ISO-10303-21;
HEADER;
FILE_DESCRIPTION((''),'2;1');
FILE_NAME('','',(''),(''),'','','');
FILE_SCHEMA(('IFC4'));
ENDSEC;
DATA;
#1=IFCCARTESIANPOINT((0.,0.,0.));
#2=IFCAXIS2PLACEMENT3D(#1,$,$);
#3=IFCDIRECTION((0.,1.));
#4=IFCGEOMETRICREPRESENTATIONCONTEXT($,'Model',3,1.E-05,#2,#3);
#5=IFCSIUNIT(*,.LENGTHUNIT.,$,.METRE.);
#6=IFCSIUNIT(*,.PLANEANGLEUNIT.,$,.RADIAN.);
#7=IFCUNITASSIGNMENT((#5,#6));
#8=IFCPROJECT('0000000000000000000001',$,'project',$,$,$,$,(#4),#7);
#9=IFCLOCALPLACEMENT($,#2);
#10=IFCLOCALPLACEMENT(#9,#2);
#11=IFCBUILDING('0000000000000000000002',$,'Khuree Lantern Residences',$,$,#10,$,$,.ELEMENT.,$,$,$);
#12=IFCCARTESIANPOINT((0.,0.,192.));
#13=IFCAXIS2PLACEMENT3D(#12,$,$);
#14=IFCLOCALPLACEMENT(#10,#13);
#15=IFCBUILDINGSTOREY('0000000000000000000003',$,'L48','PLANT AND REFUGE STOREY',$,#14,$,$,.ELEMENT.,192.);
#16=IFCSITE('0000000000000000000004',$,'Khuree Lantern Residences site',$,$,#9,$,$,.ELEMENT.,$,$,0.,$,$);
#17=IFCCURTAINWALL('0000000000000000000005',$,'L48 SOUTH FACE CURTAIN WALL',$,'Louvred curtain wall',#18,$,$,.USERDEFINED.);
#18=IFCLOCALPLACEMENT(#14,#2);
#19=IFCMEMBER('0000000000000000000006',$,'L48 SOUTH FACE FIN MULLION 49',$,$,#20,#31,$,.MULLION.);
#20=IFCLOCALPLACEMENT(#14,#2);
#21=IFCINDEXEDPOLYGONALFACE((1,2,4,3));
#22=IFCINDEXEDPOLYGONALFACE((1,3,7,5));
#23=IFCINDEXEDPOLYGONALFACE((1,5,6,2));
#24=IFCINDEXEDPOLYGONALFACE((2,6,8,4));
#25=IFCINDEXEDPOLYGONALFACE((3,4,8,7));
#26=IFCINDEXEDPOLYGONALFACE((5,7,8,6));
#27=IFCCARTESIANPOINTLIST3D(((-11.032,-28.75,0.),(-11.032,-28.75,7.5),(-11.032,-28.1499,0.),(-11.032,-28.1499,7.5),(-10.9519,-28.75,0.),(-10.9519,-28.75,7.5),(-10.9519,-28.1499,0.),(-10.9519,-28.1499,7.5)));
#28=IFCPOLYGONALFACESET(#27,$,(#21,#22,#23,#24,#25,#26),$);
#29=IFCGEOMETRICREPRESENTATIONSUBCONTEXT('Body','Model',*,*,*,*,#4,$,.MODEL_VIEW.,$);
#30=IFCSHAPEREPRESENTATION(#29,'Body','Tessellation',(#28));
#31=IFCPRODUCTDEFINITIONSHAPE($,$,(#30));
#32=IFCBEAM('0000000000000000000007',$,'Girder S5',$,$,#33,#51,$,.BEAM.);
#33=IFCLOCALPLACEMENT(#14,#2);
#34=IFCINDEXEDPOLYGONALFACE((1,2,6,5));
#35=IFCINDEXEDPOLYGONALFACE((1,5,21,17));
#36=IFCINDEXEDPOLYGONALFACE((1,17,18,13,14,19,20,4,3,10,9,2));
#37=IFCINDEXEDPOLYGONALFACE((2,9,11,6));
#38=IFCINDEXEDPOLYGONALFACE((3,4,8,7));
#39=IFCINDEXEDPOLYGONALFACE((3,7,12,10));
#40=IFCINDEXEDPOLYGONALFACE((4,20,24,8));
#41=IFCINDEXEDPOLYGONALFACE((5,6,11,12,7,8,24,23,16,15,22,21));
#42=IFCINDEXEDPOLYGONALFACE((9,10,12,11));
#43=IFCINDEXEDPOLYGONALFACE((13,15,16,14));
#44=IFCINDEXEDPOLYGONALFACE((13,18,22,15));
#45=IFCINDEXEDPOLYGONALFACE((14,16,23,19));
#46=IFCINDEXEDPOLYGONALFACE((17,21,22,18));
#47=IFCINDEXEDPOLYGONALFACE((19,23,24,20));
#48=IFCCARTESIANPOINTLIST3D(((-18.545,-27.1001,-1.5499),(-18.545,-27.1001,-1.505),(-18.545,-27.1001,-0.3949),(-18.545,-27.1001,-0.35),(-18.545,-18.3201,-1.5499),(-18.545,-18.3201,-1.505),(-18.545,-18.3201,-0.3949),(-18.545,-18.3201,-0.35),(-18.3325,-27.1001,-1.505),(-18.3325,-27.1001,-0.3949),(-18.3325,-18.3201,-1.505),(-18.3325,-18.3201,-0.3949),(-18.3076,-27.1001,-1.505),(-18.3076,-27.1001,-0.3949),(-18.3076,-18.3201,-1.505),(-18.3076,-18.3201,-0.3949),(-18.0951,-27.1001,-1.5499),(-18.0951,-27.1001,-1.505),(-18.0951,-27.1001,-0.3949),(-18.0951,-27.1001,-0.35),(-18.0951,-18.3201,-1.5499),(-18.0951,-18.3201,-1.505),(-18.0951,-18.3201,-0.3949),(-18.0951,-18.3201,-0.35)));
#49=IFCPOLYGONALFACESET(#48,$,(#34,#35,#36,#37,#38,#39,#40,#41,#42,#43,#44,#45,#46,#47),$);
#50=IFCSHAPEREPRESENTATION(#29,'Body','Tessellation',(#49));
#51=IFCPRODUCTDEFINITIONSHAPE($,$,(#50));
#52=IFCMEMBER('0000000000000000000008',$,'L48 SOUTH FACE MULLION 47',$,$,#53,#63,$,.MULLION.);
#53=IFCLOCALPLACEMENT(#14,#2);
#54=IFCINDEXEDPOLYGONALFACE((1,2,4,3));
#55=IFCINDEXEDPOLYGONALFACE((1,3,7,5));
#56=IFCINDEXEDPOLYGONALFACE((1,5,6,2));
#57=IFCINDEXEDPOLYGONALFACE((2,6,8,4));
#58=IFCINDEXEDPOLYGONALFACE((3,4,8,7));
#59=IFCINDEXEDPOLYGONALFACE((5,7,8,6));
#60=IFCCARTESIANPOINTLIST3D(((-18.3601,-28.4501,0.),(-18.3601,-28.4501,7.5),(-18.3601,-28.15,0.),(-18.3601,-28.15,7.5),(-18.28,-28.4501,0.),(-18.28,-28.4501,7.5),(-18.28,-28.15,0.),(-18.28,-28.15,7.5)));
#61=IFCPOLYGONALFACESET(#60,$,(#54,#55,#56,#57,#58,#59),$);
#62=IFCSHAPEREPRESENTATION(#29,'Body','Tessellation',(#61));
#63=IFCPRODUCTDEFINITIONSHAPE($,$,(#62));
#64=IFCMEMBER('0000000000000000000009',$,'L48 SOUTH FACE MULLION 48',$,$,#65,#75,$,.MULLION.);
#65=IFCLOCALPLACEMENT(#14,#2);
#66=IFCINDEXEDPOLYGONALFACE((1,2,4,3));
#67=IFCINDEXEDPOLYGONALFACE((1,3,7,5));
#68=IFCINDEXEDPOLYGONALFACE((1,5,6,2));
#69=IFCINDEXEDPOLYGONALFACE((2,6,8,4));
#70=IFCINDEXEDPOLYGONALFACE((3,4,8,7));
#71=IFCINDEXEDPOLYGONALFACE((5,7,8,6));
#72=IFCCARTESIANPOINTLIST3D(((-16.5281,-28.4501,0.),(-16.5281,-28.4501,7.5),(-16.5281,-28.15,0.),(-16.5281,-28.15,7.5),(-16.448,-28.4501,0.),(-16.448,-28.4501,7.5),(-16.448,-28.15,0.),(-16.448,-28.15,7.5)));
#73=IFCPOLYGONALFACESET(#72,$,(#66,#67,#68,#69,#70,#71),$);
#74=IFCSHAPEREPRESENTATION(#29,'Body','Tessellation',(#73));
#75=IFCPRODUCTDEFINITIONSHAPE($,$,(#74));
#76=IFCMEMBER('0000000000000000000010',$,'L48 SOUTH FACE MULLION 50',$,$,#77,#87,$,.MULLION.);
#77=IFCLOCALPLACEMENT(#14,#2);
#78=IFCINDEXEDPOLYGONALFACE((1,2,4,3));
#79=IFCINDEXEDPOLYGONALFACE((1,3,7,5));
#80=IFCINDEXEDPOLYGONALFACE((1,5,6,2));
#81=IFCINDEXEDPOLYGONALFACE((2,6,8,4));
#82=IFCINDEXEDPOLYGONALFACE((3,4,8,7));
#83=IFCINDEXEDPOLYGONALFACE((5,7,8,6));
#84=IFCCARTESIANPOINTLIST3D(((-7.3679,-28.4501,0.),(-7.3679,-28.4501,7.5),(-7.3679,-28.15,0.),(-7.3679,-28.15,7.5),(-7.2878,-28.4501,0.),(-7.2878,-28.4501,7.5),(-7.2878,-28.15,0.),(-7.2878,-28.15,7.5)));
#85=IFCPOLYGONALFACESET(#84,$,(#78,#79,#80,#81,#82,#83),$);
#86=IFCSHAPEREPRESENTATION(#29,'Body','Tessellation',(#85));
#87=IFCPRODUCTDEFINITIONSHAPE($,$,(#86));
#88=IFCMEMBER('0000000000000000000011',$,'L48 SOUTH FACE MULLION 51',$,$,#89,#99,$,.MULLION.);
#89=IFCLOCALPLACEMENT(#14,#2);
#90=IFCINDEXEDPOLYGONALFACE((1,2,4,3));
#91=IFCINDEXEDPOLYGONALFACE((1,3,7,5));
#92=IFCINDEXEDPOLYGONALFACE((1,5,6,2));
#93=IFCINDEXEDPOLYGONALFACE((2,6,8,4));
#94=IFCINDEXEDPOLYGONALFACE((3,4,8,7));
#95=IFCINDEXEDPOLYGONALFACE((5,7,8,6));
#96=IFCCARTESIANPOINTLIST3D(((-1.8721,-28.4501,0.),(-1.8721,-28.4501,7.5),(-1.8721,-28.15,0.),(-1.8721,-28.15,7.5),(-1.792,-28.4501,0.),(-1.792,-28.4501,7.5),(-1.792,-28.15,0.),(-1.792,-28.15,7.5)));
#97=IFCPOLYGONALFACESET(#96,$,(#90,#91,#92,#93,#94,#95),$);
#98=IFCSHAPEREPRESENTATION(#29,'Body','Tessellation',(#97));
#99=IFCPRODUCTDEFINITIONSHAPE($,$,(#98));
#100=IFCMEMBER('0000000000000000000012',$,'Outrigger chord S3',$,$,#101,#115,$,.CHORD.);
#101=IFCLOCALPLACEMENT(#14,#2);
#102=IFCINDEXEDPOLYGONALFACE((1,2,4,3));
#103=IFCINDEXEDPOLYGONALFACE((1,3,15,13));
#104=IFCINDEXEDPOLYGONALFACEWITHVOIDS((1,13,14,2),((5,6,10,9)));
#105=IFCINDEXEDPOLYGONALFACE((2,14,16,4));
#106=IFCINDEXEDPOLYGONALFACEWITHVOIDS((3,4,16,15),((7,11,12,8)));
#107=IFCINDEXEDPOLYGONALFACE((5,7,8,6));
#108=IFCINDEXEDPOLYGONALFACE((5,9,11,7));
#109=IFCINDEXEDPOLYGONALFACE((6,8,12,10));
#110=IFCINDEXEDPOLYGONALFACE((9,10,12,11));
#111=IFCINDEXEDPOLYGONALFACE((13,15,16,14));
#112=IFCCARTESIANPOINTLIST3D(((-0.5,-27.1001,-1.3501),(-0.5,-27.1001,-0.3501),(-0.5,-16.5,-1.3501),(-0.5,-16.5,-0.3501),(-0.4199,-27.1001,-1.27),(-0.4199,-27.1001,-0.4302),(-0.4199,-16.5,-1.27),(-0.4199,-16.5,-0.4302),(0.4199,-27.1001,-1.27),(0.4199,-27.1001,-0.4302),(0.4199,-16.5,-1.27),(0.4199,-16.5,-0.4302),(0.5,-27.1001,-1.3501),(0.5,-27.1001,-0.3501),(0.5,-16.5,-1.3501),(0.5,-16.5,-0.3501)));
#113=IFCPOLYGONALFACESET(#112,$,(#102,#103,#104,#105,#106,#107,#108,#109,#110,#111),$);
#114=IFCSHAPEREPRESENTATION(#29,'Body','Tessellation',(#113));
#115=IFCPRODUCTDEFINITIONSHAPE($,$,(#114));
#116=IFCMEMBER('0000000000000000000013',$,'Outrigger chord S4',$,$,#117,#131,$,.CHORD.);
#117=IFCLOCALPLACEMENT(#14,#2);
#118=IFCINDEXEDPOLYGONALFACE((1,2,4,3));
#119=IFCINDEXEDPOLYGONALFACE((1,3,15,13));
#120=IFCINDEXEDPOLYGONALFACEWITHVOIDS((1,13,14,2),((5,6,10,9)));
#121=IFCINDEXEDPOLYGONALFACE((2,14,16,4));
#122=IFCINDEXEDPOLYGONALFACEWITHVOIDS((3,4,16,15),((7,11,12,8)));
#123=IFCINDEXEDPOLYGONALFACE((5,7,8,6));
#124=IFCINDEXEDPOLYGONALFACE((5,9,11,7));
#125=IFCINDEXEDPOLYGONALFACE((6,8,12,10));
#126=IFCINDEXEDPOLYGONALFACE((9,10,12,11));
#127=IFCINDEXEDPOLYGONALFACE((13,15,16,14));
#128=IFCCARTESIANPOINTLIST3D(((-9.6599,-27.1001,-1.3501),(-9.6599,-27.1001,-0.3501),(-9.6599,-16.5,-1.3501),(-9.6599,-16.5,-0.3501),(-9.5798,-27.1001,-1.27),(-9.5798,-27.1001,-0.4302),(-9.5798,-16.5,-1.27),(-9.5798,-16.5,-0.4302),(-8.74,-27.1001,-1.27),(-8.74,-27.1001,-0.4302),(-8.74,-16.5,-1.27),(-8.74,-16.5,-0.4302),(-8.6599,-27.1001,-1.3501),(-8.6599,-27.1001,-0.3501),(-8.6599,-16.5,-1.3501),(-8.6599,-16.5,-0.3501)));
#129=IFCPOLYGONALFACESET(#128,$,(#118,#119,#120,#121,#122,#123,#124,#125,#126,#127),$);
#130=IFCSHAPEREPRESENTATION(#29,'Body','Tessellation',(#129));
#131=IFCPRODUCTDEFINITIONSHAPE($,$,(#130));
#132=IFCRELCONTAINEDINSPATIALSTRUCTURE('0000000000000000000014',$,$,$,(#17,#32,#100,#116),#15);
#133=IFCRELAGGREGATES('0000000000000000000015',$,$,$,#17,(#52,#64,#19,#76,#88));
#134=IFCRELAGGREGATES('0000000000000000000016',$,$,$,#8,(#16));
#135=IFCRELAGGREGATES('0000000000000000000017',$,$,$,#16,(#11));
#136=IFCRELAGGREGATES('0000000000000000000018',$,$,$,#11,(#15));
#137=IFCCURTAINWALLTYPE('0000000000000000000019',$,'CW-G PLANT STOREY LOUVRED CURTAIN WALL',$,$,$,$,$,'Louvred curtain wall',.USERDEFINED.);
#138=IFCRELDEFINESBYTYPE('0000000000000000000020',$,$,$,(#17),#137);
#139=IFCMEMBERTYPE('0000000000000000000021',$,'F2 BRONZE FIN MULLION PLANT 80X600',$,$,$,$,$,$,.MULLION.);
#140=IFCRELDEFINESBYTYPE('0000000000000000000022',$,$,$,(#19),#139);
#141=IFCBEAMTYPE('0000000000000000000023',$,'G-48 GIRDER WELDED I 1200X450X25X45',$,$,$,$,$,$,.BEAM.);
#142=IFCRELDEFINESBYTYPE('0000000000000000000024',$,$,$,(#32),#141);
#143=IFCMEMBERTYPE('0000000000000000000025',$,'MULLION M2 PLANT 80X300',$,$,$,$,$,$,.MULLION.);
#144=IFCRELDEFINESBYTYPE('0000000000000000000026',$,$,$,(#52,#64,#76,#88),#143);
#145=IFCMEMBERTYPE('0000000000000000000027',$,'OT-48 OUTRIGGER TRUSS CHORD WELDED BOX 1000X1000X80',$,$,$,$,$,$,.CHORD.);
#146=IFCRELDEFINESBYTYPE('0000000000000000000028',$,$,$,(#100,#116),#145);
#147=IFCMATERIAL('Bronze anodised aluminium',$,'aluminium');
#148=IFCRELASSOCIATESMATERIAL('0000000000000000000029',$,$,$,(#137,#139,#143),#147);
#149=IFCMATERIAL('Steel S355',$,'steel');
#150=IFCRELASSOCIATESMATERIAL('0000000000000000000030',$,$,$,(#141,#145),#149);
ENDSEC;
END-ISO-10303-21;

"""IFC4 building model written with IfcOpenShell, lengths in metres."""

from ifc_helpers import new_model, si_unit, direction, frame, origin, origin_2d, place, context, subcontext, project, spatial, rectangle, hollow_rectangle, i_section, extrude, material, material_profile, profile_set, type_object, element, aggregate, save


model = new_model("IFC4")

# Units and contexts
model_context = context("Model", 3, precision=1e-05, world=origin(), true_north=direction((0.0, 1.0)))
body_context = subcontext(model_context, "Body", "Model", "MODEL_VIEW")
ifc_project = project(units=[si_unit("LENGTHUNIT", "METRE"), si_unit("PLANEANGLEUNIT", "RADIAN")], contexts=[model_context])

# Site, building, storey
site_placement = place(None, origin())
site = spatial("IfcSite", under=ifc_project, at=site_placement, Name="Khuree Lantern Residences site", CompositionType="ELEMENT", RefElevation=0.0)
building_placement = place(site_placement, origin())
building = spatial("IfcBuilding", under=site, at=building_placement, Name="Khuree Lantern Residences", CompositionType="ELEMENT")
storey_placement = place(building_placement, frame((0.0, 0.0, 192.0)))
storey = spatial("IfcBuildingStorey", under=building, at=storey_placement, Name="L48", Description="PLANT AND REFUGE STOREY", CompositionType="ELEMENT", Elevation=192.0)

# Shared definitions
ifc_material_1 = material(Name="Steel S355", Category="steel")

# Curtain wall, member
ifc_material_2 = material(Name="Bronze anodised aluminium", Category="aluminium")
curtain_wall_type = type_object("IfcCurtainWallType", Name="CW-G PLANT STOREY LOUVRED CURTAIN WALL", ElementType="Louvred curtain wall", PredefinedType="USERDEFINED", material=ifc_material_2)
curtain_wall_placement = place(storey_placement, origin())
curtain_wall = element("IfcCurtainWall", 1, at=curtain_wall_placement, inside=storey, type_object=curtain_wall_type, Name="L48 SOUTH FACE CURTAIN WALL", ObjectType="Louvred curtain wall", PredefinedType="USERDEFINED")
ifc_material_profile_1 = material_profile(ifc_material_2, rectangle(XDim=0.0801, YDim=0.6001, at=origin_2d()), Name="F2 80X600")
ifc_profile_set_1 = profile_set([ifc_material_profile_1], Name="Bronze anodised aluminium")
member_type_1 = type_object("IfcMemberType", Name="F2 BRONZE FIN MULLION PLANT 80X600", PredefinedType="MULLION", material=ifc_profile_set_1)
member_1_placement = place(storey_placement, frame((-10.9919, -28.45, 0.0), z_axis=(0.0, 0.0, 1.0), x_axis=(1.0, 0.0, 0.0)))
member_1 = element("IfcMember", 2, at=member_1_placement, type_object=member_type_1, Name="L48 SOUTH FACE FIN MULLION 49", PredefinedType="MULLION", context=body_context, shape_type="SweptSolid", body=[
    extrude(rectangle(XDim=0.0801, YDim=0.6001, at=origin_2d()), origin(), (0.0, 0.0, 1.0), 7.5),
])

# Beam
ifc_material_profile_2 = material_profile(ifc_material_1, i_section(OverallWidth=0.45, OverallDepth=1.2, WebThickness=0.0249, FlangeThickness=0.0449, at=origin_2d()), Name="WELDED I 1200X450X25X45")
ifc_profile_set_2 = profile_set([ifc_material_profile_2], Name="Steel S355")
beam_type_1 = type_object("IfcBeamType", Name="G-48 GIRDER WELDED I 1200X450X25X45", PredefinedType="BEAM", material=ifc_profile_set_2)
beam_placement = place(storey_placement, frame((-18.3201, -27.1001, -0.95), z_axis=(0.0, 1.0, 0.0), x_axis=(-1.0, 0.0, 0.0)))
element("IfcBeam", 3, at=beam_placement, inside=storey, type_object=beam_type_1, Name="Girder S5", PredefinedType="BEAM", context=body_context, shape_type="SweptSolid", body=[
    extrude(i_section(OverallWidth=0.45, OverallDepth=1.2, WebThickness=0.0249, FlangeThickness=0.0449, at=origin_2d()), origin(), (0.0, 0.0, 1.0), 8.78),
])

# Members
ifc_material_profile_3 = material_profile(ifc_material_2, rectangle(XDim=0.0801, YDim=0.3, at=origin_2d()), Name="M2 80X300")
ifc_profile_set_3 = profile_set([ifc_material_profile_3], Name="Bronze anodised aluminium")
member_type_2 = type_object("IfcMemberType", Name="MULLION M2 PLANT 80X300", PredefinedType="MULLION", material=ifc_profile_set_3)
member_2_placement = place(storey_placement, frame((-18.3201, -28.3, 0.0), z_axis=(0.0, 0.0, 1.0), x_axis=(1.0, 0.0, 0.0)))
member_2 = element("IfcMember", 4, at=member_2_placement, type_object=member_type_2, Name="L48 SOUTH FACE MULLION 47", PredefinedType="MULLION", context=body_context, shape_type="SweptSolid", body=[
    extrude(rectangle(XDim=0.0801, YDim=0.3, at=origin_2d()), origin(), (0.0, 0.0, 1.0), 7.5),
])
member_3_placement = place(storey_placement, frame((-16.488, -28.3, 0.0), z_axis=(0.0, 0.0, 1.0), x_axis=(1.0, 0.0, 0.0)))
member_3 = element("IfcMember", 5, at=member_3_placement, type_object=member_type_2, Name="L48 SOUTH FACE MULLION 48", PredefinedType="MULLION", context=body_context, shape_type="SweptSolid", body=[
    extrude(rectangle(XDim=0.0801, YDim=0.3, at=origin_2d()), origin(), (0.0, 0.0, 1.0), 7.5),
])
member_4_placement = place(storey_placement, frame((-7.3279, -28.3, 0.0), z_axis=(0.0, 0.0, 1.0), x_axis=(1.0, 0.0, 0.0)))
member_4 = element("IfcMember", 6, at=member_4_placement, type_object=member_type_2, Name="L48 SOUTH FACE MULLION 50", PredefinedType="MULLION", context=body_context, shape_type="SweptSolid", body=[
    extrude(rectangle(XDim=0.0801, YDim=0.3, at=origin_2d()), origin(), (0.0, 0.0, 1.0), 7.5),
])
member_5_placement = place(storey_placement, frame((-1.832, -28.3, 0.0), z_axis=(0.0, 0.0, 1.0), x_axis=(1.0, 0.0, 0.0)))
member_5 = element("IfcMember", 7, at=member_5_placement, type_object=member_type_2, Name="L48 SOUTH FACE MULLION 51", PredefinedType="MULLION", context=body_context, shape_type="SweptSolid", body=[
    extrude(rectangle(XDim=0.0801, YDim=0.3, at=origin_2d()), origin(), (0.0, 0.0, 1.0), 7.5),
])

# Members
ifc_material_profile_4 = material_profile(ifc_material_1, hollow_rectangle(XDim=1.0, YDim=1.0, WallThickness=0.0801, at=origin_2d()), Name="WELDED BOX 1000X1000X80")
ifc_profile_set_4 = profile_set([ifc_material_profile_4], Name="Steel S355")
member_type_3 = type_object("IfcMemberType", Name="OT-48 OUTRIGGER TRUSS CHORD WELDED BOX 1000X1000X80", PredefinedType="CHORD", material=ifc_profile_set_4)
for number, where, z_axis, x_axis, name in (
    (8, (0.0, -27.1001, -0.8501), (0.0, 1.0, 0.0), (-1.0, 0.0, 0.0), "Outrigger chord S3"),
    (9, (-9.1599, -27.1001, -0.8501), (0.0, 1.0, 0.0), (-1.0, 0.0, 0.0), "Outrigger chord S4"),
):
    element("IfcMember", number, at=place(storey_placement, frame(where, z_axis=z_axis, x_axis=x_axis)), inside=storey, type_object=member_type_3, Name=name, PredefinedType="CHORD", context=body_context, shape_type="SweptSolid", body=[
        extrude(hollow_rectangle(XDim=1.0, YDim=1.0, WallThickness=0.0801, at=origin_2d()), origin(), (0.0, 0.0, 1.0), 10.6001),
    ])

aggregate(curtain_wall, [member_2, member_3, member_1, member_4, member_5])

save(model, "model.ifc")
